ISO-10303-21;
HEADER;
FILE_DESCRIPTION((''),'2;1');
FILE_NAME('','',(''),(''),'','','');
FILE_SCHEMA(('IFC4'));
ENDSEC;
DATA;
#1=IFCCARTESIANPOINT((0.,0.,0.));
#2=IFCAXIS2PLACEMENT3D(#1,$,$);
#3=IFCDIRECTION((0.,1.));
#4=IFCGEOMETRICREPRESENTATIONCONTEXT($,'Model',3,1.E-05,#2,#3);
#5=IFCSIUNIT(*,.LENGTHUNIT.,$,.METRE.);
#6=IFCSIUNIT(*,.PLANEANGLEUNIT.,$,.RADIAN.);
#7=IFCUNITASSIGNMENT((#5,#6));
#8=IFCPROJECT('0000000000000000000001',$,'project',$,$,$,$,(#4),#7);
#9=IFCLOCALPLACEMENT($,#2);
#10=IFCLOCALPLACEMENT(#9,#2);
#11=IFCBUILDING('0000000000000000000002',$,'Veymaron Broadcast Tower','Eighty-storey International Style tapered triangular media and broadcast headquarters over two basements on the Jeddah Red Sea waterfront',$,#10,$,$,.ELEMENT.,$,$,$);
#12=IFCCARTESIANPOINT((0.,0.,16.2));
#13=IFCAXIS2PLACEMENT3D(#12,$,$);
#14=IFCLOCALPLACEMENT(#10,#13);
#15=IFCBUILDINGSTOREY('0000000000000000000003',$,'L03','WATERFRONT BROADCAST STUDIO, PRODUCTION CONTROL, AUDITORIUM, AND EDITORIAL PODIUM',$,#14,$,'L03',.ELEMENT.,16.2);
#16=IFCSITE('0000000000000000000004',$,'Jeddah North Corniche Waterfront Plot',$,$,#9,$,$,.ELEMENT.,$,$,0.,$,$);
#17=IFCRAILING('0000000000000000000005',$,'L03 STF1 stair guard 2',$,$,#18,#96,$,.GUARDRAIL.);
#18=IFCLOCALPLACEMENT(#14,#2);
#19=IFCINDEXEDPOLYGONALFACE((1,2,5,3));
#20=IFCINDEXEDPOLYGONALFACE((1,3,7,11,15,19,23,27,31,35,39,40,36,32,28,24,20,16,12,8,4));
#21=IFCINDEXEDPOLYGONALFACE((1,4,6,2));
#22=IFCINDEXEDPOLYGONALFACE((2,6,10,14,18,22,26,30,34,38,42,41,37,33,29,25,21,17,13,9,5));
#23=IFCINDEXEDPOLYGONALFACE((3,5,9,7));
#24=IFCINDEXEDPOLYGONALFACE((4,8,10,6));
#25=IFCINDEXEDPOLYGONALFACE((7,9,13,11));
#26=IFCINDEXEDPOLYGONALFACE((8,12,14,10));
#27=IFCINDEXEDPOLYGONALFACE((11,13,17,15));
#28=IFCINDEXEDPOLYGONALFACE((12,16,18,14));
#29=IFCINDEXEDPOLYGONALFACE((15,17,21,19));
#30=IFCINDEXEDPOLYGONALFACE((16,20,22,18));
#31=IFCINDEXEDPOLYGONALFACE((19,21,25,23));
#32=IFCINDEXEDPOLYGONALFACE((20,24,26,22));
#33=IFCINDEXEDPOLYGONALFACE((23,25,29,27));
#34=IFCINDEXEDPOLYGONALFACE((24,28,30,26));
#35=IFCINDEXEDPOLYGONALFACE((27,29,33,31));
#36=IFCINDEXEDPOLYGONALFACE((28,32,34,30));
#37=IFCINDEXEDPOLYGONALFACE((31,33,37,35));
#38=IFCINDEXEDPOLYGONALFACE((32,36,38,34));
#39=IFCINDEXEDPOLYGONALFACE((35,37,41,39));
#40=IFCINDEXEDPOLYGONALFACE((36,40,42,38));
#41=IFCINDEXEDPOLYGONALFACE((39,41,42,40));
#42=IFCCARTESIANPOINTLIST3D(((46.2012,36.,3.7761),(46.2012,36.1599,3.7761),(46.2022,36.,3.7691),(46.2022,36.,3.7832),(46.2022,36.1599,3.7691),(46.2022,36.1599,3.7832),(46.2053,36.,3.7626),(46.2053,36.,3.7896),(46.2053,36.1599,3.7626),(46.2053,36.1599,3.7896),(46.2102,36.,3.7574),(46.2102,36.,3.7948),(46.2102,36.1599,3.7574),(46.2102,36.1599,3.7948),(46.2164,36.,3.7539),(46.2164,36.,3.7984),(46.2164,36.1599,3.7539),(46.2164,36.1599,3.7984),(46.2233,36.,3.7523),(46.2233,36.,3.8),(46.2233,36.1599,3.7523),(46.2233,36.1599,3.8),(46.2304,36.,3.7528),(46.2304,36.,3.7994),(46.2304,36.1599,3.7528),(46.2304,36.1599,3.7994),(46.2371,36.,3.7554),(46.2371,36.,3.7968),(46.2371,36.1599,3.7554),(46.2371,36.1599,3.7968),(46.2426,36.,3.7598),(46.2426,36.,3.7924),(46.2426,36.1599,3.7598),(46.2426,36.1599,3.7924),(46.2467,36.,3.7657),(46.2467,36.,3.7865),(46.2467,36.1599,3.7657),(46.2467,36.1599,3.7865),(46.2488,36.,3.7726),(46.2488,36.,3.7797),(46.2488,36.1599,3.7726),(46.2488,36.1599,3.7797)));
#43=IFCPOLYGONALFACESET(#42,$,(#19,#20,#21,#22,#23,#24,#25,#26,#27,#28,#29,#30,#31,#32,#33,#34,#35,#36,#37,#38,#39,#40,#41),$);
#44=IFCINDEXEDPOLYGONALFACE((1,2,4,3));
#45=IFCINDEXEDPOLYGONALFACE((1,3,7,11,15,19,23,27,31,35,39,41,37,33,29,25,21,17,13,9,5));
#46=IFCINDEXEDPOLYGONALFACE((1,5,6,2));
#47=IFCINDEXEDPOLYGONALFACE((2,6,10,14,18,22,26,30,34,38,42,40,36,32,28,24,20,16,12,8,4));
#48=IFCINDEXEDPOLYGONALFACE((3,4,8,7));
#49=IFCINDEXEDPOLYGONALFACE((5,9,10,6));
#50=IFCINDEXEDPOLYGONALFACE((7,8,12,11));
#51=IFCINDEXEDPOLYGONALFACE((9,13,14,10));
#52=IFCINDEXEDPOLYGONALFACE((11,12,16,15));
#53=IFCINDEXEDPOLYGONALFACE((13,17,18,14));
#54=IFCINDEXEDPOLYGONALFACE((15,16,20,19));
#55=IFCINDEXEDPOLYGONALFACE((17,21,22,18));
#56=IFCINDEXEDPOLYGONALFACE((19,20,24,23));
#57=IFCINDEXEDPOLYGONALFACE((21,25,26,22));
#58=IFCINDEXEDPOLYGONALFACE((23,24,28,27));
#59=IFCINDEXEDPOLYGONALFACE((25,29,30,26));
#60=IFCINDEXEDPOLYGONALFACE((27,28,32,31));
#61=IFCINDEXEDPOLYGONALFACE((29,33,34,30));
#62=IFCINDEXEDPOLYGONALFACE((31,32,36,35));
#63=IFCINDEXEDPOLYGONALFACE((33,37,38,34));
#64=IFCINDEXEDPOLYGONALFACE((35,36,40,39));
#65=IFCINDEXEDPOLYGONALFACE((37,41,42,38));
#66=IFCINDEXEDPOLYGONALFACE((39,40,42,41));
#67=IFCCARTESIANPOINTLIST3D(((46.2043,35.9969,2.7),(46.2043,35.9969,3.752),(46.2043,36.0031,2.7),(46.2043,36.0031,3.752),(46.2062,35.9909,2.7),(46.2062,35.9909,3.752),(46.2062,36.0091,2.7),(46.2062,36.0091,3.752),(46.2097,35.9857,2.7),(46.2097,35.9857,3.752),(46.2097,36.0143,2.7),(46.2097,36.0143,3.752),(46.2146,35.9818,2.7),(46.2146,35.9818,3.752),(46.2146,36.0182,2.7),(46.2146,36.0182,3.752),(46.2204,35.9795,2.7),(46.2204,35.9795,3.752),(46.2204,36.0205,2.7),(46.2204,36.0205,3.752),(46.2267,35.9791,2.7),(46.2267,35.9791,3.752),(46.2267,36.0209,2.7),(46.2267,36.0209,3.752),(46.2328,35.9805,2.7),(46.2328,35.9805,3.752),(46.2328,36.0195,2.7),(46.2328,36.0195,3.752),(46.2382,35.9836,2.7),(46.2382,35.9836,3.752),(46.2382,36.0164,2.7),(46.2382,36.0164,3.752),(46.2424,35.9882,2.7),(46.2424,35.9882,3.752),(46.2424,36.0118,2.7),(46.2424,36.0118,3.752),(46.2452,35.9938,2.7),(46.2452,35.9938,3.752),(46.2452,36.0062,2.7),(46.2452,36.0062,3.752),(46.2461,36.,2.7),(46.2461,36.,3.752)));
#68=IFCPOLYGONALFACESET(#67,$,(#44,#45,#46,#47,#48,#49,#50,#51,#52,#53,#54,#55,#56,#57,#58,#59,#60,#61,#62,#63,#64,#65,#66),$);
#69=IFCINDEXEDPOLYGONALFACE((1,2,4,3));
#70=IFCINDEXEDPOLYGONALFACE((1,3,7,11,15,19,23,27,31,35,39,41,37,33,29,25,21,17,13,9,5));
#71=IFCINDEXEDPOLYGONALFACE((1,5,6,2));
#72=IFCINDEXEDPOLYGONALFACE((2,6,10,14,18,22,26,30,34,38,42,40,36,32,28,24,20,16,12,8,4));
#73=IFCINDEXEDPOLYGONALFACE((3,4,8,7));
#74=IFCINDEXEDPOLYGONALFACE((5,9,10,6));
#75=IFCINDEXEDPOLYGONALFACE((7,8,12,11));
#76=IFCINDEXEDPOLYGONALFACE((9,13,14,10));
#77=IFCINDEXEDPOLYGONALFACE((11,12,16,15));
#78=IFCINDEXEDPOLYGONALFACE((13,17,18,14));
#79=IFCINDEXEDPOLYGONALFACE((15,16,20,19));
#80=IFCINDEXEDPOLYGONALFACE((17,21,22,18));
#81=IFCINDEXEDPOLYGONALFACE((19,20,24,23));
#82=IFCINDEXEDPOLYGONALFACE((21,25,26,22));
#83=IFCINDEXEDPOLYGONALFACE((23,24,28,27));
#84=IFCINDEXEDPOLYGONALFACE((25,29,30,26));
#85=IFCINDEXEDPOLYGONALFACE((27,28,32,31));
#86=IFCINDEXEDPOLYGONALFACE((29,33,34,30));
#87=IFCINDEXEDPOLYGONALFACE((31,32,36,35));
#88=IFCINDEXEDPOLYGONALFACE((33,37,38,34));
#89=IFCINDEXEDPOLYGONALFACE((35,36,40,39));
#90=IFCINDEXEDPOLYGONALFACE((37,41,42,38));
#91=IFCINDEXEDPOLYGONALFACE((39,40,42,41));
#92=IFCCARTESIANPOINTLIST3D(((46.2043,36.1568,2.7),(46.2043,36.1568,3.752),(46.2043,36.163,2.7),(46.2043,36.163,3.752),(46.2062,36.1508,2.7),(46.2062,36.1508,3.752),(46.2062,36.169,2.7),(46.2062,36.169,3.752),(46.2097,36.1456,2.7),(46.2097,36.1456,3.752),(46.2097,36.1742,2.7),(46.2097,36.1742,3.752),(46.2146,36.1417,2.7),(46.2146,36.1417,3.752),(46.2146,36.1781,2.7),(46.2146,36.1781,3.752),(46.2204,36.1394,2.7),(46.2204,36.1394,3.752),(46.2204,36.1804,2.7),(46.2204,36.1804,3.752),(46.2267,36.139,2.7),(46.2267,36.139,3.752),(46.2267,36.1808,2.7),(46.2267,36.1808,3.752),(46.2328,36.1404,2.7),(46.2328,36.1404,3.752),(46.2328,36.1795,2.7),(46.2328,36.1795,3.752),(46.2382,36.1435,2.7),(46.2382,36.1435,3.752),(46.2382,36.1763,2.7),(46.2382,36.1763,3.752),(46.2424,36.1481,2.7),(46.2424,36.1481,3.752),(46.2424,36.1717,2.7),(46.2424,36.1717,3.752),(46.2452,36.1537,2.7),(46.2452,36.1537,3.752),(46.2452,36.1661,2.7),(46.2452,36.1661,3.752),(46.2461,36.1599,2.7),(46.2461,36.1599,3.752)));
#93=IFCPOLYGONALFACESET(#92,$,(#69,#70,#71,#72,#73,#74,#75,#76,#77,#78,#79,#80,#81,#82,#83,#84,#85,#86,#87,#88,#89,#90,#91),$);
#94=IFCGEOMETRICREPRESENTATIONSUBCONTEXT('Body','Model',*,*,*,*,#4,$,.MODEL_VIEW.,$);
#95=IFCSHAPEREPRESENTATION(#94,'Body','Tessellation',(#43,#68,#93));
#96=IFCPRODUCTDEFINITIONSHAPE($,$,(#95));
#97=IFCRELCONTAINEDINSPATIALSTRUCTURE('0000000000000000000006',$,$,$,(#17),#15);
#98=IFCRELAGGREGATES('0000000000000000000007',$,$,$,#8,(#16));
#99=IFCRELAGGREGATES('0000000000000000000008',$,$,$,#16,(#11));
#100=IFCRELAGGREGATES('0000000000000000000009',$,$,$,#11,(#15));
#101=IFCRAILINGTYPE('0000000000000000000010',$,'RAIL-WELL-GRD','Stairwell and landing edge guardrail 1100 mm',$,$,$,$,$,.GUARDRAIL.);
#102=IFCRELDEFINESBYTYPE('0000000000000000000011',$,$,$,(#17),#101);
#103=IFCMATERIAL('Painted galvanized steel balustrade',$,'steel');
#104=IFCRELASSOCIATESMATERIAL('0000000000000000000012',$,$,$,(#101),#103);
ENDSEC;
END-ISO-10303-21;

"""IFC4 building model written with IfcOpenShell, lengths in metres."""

from ifc_helpers import new_model, si_unit, direction, frame, origin, origin_2d, place, context, subcontext, project, spatial, circle, extrude, material, type_object, element, save


model = new_model("IFC4")

# Units and contexts
model_context = context("Model", 3, precision=1e-05, world=origin(), true_north=direction((0.0, 1.0)))
body_context = subcontext(model_context, "Body", "Model", "MODEL_VIEW")
ifc_project = project(units=[si_unit("LENGTHUNIT", "METRE"), si_unit("PLANEANGLEUNIT", "RADIAN")], contexts=[model_context])

# Site, building, storey
site_placement = place(None, origin())
site = spatial("IfcSite", under=ifc_project, at=site_placement, Name="Jeddah North Corniche Waterfront Plot", CompositionType="ELEMENT", RefElevation=0.0)
building_placement = place(site_placement, origin())
building = spatial("IfcBuilding", under=site, at=building_placement, Name="Veymaron Broadcast Tower", Description="Eighty-storey International Style tapered triangular media and broadcast headquarters over two basements on the Jeddah Red Sea waterfront", CompositionType="ELEMENT")
storey_placement = place(building_placement, frame((0.0, 0.0, 16.2)))
storey = spatial("IfcBuildingStorey", under=building, at=storey_placement, Name="L03", Description="WATERFRONT BROADCAST STUDIO, PRODUCTION CONTROL, AUDITORIUM, AND EDITORIAL PODIUM", LongName="L03", CompositionType="ELEMENT", Elevation=16.2)

# Railing
ifc_material_1 = material(Name="Painted galvanized steel balustrade", Category="steel")
railing_type_1 = type_object("IfcRailingType", Name="RAIL-WELL-GRD", Description="Stairwell and landing edge guardrail 1100 mm", PredefinedType="GUARDRAIL", material=ifc_material_1)
railing_1_placement = place(storey_placement, frame((46.2251, 36.0, 2.7)))
element("IfcRailing", 1, at=railing_1_placement, inside=storey, type_object=railing_type_1, Name="L03 STF1 stair guard 2", PredefinedType="GUARDRAIL", context=body_context, shape_type="SweptSolid", body=[
    extrude(circle(Radius=0.0239, at=origin_2d()), frame((0.0, 0.0, 1.0762), z_axis=(0.0, 1.0, 0.0), x_axis=(-1.0, 0.0, 0.0)), (0.0, 0.0, 1.0), 0.1599),
    extrude(circle(Radius=0.021, at=origin_2d()), origin(), (0.0, 0.0, 1.0), 1.052),
    extrude(circle(Radius=0.021, at=origin_2d()), frame((0.0, 0.1599, 0.0)), (0.0, 0.0, 1.0), 1.052),
])

save(model, "model.ifc")
